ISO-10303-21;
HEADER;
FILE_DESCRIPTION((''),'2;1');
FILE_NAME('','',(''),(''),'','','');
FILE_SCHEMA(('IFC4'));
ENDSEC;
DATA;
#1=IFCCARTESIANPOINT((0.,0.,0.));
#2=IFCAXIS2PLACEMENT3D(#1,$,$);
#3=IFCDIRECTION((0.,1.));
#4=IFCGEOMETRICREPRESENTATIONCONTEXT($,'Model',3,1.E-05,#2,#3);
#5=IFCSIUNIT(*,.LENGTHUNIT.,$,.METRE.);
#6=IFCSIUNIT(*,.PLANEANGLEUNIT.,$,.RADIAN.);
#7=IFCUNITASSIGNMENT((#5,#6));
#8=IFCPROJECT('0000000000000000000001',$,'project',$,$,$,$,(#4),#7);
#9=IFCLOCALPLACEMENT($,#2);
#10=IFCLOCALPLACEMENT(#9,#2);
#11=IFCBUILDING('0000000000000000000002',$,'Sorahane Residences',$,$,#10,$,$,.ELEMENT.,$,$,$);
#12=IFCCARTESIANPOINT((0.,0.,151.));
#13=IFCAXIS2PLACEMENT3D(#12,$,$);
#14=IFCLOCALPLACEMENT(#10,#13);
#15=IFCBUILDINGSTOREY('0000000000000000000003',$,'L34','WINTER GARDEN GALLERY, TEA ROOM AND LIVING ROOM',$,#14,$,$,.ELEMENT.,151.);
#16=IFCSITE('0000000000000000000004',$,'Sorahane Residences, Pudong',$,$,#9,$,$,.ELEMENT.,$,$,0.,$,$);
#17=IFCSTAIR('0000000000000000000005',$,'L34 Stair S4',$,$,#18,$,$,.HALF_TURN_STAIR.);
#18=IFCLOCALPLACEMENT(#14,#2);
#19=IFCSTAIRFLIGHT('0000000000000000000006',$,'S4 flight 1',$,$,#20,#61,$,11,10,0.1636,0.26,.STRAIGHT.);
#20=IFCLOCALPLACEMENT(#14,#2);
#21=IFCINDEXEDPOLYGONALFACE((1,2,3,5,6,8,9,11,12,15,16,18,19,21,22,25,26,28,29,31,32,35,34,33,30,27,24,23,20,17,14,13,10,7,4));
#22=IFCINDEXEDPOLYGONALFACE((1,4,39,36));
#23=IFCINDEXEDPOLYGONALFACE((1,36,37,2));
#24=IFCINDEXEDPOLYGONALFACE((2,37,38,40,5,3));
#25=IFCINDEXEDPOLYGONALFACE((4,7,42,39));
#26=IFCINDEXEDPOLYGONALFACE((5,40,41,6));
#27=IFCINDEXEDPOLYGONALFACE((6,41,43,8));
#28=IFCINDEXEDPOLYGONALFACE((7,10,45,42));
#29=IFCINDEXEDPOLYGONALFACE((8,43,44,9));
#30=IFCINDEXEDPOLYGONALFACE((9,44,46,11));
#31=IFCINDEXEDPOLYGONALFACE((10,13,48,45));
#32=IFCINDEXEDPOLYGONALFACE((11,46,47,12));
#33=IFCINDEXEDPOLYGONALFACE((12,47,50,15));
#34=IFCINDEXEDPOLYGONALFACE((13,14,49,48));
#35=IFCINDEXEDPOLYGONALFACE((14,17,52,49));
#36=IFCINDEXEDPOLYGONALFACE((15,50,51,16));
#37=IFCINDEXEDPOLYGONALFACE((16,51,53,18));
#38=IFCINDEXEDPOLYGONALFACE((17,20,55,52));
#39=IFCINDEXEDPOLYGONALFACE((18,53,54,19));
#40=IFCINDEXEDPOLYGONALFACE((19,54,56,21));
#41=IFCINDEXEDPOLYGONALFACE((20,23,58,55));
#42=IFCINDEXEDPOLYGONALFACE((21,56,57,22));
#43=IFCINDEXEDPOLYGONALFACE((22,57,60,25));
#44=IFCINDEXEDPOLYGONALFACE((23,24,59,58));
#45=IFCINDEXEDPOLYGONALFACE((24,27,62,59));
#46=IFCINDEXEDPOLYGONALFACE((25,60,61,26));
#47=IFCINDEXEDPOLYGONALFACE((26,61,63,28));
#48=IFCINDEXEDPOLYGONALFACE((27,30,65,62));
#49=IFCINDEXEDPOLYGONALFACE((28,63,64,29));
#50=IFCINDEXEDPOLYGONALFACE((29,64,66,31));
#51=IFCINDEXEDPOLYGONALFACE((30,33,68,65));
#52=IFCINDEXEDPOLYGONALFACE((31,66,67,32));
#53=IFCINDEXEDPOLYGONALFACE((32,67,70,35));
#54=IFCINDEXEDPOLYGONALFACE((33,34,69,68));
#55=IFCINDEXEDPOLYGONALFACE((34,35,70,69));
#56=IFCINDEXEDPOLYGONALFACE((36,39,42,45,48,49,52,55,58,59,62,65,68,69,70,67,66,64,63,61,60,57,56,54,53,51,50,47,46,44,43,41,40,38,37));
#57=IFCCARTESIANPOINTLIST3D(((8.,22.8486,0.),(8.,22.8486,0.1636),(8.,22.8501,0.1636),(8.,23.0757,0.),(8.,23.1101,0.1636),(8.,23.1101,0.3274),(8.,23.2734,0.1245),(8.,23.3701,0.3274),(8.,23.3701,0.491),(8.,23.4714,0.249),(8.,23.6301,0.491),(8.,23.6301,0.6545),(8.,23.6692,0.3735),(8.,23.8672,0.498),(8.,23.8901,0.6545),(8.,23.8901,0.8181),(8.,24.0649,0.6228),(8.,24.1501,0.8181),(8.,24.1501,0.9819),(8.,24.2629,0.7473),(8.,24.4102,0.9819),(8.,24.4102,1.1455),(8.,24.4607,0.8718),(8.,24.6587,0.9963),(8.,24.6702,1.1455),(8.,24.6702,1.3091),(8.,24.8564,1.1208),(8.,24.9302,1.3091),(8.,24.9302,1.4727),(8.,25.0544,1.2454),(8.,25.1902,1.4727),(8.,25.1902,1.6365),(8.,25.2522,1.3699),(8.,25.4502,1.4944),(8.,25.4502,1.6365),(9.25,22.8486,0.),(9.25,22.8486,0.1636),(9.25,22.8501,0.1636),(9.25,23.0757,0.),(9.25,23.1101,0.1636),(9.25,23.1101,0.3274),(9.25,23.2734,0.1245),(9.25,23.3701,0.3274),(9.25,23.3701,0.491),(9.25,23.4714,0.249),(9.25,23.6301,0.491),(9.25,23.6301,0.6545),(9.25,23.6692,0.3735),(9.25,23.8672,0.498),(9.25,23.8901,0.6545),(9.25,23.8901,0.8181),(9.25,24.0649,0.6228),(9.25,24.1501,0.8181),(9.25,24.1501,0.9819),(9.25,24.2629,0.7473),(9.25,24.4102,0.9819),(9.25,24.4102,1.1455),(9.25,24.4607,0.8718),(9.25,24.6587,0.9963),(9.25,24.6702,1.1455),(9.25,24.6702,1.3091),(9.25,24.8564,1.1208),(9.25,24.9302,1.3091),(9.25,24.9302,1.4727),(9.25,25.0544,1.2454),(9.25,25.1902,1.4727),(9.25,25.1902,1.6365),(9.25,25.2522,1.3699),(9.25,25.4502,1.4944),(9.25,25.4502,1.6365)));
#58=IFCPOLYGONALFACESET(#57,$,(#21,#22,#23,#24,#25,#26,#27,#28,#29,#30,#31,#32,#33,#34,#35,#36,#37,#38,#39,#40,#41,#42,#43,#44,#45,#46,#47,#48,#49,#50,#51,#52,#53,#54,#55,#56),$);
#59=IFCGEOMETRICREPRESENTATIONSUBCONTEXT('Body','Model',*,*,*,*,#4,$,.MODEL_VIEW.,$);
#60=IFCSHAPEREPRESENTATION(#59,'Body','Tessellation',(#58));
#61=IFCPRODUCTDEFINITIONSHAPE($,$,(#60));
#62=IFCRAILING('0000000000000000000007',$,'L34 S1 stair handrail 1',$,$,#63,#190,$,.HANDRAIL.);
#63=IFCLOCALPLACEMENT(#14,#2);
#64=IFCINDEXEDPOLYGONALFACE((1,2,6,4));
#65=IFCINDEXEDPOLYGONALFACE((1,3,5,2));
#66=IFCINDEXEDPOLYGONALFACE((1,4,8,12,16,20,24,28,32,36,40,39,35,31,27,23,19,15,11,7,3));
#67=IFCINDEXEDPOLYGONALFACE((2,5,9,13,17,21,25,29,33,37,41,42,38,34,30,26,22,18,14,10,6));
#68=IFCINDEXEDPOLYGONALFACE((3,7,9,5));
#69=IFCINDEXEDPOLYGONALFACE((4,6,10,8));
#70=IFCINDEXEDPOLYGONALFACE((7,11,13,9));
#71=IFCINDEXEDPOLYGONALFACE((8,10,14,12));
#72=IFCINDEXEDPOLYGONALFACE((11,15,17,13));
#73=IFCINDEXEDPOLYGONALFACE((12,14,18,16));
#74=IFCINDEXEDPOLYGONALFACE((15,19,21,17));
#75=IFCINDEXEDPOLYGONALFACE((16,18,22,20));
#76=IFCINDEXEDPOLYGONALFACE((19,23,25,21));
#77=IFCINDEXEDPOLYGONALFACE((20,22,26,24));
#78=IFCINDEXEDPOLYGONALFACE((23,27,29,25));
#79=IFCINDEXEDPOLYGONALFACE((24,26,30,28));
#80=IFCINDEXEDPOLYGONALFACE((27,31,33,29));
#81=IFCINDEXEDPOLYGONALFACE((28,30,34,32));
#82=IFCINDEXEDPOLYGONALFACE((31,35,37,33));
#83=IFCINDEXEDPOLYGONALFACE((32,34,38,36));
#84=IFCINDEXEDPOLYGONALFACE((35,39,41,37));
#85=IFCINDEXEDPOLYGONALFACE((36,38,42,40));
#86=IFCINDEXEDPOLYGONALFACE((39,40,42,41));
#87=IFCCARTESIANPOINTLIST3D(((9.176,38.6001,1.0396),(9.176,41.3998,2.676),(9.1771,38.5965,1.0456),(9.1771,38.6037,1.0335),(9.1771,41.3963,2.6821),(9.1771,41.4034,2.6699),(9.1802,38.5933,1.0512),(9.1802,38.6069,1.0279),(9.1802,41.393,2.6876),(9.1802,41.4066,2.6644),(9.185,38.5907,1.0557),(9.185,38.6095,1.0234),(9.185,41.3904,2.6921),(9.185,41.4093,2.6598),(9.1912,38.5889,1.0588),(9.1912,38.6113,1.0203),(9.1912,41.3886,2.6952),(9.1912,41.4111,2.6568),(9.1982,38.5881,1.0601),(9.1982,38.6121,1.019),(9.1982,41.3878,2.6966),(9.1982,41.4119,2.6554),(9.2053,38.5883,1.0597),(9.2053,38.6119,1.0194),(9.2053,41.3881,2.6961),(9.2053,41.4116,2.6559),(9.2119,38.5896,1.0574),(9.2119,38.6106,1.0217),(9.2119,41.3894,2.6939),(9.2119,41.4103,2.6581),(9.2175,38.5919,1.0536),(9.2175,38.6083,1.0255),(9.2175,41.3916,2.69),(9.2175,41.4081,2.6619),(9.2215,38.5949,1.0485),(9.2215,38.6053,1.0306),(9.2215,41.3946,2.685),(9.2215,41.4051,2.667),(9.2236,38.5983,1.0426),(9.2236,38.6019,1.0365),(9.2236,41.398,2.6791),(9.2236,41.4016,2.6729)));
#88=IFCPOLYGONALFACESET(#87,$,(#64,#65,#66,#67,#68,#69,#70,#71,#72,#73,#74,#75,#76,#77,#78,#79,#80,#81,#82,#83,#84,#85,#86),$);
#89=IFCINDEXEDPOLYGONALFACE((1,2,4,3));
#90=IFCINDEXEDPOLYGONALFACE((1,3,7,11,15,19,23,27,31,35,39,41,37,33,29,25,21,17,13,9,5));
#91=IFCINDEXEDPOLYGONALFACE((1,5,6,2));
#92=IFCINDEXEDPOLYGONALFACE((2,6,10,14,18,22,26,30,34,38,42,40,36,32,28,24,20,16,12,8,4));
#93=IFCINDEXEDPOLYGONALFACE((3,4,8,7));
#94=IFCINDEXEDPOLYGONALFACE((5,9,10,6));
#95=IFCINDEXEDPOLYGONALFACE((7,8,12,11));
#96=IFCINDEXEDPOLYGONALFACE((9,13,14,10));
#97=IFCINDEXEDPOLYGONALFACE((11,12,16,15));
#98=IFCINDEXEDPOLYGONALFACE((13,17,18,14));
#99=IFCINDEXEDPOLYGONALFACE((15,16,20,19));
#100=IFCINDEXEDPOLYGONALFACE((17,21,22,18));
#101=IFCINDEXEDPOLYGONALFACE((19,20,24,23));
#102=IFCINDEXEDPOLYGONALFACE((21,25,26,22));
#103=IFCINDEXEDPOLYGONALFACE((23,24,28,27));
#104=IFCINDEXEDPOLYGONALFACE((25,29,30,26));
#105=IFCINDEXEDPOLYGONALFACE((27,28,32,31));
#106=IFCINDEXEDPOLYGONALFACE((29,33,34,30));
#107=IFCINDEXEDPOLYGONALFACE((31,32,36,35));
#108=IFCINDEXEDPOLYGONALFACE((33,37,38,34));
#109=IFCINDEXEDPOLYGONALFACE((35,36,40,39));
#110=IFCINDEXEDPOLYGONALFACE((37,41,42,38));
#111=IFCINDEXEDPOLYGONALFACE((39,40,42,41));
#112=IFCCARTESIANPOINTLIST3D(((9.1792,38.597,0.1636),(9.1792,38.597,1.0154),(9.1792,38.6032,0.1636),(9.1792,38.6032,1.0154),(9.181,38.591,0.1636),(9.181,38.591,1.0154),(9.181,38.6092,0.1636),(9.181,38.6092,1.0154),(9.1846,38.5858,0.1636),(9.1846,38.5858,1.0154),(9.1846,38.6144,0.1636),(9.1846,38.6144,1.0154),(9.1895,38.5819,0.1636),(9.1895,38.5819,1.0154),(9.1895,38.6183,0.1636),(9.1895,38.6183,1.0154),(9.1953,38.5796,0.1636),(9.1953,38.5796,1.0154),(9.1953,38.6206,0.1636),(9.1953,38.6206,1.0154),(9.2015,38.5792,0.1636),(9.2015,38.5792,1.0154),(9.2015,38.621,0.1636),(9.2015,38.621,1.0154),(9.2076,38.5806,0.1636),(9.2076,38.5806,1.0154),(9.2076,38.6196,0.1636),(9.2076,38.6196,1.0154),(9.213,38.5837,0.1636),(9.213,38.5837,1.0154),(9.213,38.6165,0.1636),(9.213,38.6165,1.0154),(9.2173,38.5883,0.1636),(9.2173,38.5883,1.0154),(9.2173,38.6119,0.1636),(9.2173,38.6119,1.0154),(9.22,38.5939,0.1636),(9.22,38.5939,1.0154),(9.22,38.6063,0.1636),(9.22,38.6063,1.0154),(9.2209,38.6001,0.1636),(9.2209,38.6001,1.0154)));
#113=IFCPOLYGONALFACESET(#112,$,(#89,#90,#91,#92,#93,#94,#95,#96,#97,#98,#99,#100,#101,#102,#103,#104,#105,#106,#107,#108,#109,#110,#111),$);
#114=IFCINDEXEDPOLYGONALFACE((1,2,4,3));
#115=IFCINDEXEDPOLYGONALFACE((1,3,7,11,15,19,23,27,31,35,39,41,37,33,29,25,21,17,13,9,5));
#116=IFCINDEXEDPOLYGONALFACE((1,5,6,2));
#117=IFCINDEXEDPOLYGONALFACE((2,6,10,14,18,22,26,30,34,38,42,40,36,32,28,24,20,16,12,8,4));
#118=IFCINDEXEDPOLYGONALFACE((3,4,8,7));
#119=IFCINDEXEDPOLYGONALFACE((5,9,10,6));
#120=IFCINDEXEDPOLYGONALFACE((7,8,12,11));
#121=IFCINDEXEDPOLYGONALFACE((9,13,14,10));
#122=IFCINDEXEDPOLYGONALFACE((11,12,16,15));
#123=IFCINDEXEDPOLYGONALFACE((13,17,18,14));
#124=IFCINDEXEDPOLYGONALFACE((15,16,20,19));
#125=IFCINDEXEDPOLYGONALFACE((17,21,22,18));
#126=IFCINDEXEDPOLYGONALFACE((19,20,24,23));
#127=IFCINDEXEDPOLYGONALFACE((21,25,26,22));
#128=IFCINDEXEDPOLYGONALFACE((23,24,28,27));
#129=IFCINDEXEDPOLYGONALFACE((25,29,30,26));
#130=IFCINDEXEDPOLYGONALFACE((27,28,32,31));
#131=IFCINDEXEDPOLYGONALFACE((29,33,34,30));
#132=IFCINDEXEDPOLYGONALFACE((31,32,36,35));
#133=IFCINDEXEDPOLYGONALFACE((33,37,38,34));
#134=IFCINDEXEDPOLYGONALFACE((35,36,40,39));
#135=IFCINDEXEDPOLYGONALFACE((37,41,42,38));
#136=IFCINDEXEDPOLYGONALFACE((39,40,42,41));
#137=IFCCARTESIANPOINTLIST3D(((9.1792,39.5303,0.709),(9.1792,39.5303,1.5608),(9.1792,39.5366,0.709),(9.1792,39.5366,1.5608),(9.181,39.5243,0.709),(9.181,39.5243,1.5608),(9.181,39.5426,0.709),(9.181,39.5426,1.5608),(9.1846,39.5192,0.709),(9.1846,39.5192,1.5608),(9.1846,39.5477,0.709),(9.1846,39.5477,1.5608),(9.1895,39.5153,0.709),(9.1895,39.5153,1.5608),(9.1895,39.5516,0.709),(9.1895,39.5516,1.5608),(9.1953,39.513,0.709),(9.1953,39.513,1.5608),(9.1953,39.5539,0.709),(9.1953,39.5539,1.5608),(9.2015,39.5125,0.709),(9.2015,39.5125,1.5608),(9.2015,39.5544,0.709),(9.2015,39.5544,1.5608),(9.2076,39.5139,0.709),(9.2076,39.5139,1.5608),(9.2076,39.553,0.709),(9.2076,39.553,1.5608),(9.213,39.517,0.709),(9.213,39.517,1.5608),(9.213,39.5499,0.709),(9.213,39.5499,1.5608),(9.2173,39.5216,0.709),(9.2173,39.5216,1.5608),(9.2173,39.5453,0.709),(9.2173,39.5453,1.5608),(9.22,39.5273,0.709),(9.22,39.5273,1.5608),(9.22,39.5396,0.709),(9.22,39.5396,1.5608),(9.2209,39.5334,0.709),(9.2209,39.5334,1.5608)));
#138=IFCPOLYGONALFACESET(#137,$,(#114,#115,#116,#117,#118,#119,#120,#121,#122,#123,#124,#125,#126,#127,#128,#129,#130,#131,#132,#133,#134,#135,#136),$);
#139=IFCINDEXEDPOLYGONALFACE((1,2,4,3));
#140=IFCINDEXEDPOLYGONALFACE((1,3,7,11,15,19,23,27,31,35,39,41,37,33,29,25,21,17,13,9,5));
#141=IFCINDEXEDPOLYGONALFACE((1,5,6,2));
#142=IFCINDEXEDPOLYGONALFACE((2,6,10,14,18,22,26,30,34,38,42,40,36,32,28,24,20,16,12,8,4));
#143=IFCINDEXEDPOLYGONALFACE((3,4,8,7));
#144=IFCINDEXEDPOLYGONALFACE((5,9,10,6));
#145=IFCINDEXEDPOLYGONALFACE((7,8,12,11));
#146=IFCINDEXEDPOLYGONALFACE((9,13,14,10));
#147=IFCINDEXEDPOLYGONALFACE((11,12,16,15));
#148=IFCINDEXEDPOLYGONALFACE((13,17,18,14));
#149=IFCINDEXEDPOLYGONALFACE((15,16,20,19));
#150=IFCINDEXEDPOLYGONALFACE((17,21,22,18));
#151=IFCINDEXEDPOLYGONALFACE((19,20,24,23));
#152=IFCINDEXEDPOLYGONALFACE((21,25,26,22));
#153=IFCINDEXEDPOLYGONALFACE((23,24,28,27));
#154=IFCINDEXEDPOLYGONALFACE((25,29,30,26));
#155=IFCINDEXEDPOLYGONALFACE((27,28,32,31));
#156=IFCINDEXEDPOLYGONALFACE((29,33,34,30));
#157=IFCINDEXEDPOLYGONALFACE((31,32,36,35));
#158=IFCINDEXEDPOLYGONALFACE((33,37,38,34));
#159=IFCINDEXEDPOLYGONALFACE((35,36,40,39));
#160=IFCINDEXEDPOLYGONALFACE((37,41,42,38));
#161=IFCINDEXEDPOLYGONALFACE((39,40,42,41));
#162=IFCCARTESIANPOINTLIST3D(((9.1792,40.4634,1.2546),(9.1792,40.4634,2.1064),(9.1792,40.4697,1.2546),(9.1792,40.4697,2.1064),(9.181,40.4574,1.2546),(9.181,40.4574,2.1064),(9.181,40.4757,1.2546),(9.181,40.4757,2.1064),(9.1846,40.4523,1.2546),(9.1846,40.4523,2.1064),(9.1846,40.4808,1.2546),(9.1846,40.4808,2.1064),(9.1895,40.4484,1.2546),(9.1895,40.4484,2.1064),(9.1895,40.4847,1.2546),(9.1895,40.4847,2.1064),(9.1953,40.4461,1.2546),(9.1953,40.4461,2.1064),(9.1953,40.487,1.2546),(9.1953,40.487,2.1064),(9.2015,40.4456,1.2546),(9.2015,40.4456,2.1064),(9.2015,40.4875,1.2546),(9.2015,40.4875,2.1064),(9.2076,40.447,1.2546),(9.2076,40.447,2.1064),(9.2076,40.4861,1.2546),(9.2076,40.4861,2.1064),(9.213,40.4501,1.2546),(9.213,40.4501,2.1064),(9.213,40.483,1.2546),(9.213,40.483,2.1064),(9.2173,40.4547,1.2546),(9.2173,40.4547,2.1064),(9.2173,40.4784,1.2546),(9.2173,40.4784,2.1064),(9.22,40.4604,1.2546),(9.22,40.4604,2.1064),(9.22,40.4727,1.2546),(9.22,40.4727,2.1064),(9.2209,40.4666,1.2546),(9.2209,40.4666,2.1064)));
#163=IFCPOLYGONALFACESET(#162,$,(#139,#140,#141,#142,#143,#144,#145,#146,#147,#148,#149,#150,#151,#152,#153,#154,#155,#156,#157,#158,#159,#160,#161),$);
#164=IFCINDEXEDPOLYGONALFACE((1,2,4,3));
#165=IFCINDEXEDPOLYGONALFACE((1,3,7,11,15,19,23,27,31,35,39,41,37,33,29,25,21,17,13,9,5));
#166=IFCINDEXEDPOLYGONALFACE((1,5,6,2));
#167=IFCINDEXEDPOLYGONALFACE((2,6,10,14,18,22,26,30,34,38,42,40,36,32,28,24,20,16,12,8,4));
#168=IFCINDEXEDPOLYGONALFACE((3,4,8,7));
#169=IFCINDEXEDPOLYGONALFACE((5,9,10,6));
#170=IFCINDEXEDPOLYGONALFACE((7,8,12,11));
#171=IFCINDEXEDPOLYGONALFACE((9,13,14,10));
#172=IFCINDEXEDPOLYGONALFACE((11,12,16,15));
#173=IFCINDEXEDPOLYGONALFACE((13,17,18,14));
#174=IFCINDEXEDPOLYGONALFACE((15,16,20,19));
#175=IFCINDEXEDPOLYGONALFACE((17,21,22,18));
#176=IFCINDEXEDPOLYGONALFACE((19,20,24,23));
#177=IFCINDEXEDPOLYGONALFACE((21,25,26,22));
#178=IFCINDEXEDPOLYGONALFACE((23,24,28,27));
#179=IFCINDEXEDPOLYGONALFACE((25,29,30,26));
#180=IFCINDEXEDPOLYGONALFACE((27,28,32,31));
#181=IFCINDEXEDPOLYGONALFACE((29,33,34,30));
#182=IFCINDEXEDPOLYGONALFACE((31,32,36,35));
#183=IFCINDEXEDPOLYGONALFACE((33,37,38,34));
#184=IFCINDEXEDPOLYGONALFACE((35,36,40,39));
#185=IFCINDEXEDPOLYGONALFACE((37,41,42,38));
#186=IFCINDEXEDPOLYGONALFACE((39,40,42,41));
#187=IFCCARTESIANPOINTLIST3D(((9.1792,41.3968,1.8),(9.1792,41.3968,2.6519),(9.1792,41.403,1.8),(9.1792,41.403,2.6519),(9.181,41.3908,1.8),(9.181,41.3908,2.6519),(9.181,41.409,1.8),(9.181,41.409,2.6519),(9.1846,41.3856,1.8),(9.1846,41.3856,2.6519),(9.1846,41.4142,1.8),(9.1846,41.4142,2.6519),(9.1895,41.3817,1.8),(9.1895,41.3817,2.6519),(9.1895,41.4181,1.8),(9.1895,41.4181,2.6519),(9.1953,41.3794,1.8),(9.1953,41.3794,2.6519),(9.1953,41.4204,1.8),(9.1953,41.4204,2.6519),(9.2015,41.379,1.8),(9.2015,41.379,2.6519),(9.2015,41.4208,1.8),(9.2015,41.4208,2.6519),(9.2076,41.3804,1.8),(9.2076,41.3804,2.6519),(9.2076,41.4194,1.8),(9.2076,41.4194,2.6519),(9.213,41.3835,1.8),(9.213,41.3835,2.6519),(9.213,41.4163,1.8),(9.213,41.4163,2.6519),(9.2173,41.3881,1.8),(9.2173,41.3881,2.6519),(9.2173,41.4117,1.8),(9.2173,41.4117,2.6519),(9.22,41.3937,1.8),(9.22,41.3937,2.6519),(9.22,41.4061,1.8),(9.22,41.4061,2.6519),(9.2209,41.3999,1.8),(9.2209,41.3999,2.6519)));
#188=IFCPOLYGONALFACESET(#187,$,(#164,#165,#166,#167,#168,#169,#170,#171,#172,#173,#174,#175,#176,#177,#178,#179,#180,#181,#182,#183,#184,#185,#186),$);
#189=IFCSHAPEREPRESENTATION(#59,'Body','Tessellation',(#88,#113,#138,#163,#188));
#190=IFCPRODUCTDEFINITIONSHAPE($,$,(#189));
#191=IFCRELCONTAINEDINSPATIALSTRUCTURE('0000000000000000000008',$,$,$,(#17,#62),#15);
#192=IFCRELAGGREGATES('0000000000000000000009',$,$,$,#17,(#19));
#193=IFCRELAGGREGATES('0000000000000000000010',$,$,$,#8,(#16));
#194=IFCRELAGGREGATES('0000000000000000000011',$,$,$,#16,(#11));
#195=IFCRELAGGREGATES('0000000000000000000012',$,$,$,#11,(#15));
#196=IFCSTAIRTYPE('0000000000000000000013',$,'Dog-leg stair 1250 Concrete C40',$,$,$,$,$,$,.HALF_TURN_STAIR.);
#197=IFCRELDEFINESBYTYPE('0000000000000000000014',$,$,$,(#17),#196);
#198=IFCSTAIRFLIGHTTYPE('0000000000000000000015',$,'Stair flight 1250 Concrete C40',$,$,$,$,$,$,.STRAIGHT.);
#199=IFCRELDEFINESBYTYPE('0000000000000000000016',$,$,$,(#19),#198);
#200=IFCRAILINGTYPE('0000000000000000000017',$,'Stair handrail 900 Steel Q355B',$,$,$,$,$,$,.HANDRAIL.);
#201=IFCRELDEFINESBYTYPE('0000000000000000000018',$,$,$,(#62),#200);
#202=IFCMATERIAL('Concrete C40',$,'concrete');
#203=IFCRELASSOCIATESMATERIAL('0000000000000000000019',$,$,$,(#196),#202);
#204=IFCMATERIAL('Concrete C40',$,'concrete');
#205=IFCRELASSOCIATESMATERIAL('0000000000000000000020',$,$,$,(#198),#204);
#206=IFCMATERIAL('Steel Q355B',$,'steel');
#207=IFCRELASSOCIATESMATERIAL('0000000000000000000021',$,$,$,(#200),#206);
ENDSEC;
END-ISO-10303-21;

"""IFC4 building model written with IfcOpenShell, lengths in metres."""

from ifc_helpers import new_model, si_unit, direction, frame, origin, origin_2d, place, context, subcontext, project, spatial, polyline, circle, outline, extrude, material, type_object, element, aggregate, save


model = new_model("IFC4")

# Units and contexts
model_context = context("Model", 3, precision=1e-05, world=origin(), true_north=direction((0.0, 1.0)))
body_context = subcontext(model_context, "Body", "Model", "MODEL_VIEW")
ifc_project = project(units=[si_unit("LENGTHUNIT", "METRE"), si_unit("PLANEANGLEUNIT", "RADIAN")], contexts=[model_context])

# Site, building, storey
site_placement = place(None, origin())
site = spatial("IfcSite", under=ifc_project, at=site_placement, Name="Sorahane Residences, Pudong", CompositionType="ELEMENT", RefElevation=0.0)
building_placement = place(site_placement, origin())
building = spatial("IfcBuilding", under=site, at=building_placement, Name="Sorahane Residences", CompositionType="ELEMENT")
storey_placement = place(building_placement, frame((0.0, 0.0, 151.0)))
storey = spatial("IfcBuildingStorey", under=building, at=storey_placement, Name="L34", Description="WINTER GARDEN GALLERY, TEA ROOM AND LIVING ROOM", CompositionType="ELEMENT", Elevation=151.0)

# Stair, stair flight
ifc_material_1 = material(Name="Concrete C40", Category="concrete")
stair_type = type_object("IfcStairType", Name="Dog-leg stair 1250 Concrete C40", PredefinedType="HALF_TURN_STAIR", material=ifc_material_1)
ifc_material_2 = material(Name="Concrete C40", Category="concrete")
stair_flight_type = type_object("IfcStairFlightType", Name="Stair flight 1250 Concrete C40", PredefinedType="STRAIGHT", material=ifc_material_2)
stair_1_placement = place(storey_placement, origin())
stair_1 = element("IfcStair", 1, at=stair_1_placement, inside=storey, type_object=stair_type, Name="L34 Stair S4", PredefinedType="HALF_TURN_STAIR")
stair_flight_1_placement = place(storey_placement, frame((8.625, 22.8501, 0.0), z_axis=(0.0, 0.0, 1.0), x_axis=(0.0, 1.0, 0.0)))
stair_flight_1 = element("IfcStairFlight", 2, at=stair_flight_1_placement, type_object=stair_flight_type, Name="S4 flight 1", NumberOfRisers=11, NumberOfTreads=10, PredefinedType="STRAIGHT", RiserHeight=0.1636, TreadLength=0.26, context=body_context, shape_type="SweptSolid", body=[
    extrude(outline(polyline([(-0.0015, 0.0), (-0.0015, 0.1636), (0.0, 0.1636), (0.26, 0.1636), (0.26, 0.3274), (0.52, 0.3274), (0.52, 0.491), (0.78, 0.491), (0.78, 0.6545), (1.04, 0.6545), (1.04, 0.8181), (1.3, 0.8181), (1.3, 0.9819), (1.5601, 0.9819), (1.5601, 1.1455), (1.8201, 1.1455), (1.8201, 1.3091), (2.0801, 1.3091), (2.0801, 1.4727), (2.3401, 1.4727), (2.3401, 1.6365), (2.6001, 1.6365), (2.6001, 1.8), (2.6001, 1.4944), (2.4021, 1.3699), (2.2043, 1.2454), (2.0063, 1.1208), (1.8086, 0.9963), (1.6106, 0.8718), (1.4128, 0.7473), (1.2148, 0.6228), (1.0171, 0.498), (0.8191, 0.3735), (0.6213, 0.249), (0.4233, 0.1245), (0.2256, 0.0), (-0.0015, 0.0)])), frame((0.0, 0.625, 0.0), z_axis=(0.0, -1.0, 0.0), x_axis=(1.0, 0.0, 0.0)), (0.0, 0.0, 1.0), 1.25),
])
aggregate(stair_1, [stair_flight_1])

# Railing
ifc_material_3 = material(Name="Steel Q355B", Category="steel")
railing_type_1 = type_object("IfcRailingType", Name="Stair handrail 900 Steel Q355B", PredefinedType="HANDRAIL", material=ifc_material_3)
for number, where, name in (
    (3, (9.2, 38.6001, 0.1636), "L34 S1 stair handrail 1"),
):
    element("IfcRailing", number, at=place(storey_placement, frame(where)), inside=storey, type_object=railing_type_1, Name=name, PredefinedType="HANDRAIL", context=body_context, shape_type="SweptSolid", body=[
        extrude(circle(Radius=0.0239, at=origin_2d()), frame((0.0, 0.0, 0.876), z_axis=(0.0, 0.863342, 0.50462), x_axis=(-1.0, 0.0, 0.0)), (0.0, 0.0, 1.0), 3.2429),
        extrude(circle(Radius=0.021, at=origin_2d()), origin(), (0.0, 0.0, 1.0), 0.8518),
        extrude(circle(Radius=0.021, at=origin_2d()), frame((0.0, 0.9333, 0.5454)), (0.0, 0.0, 1.0), 0.8518),
        extrude(circle(Radius=0.021, at=origin_2d()), frame((0.0, 1.8665, 1.0911)), (0.0, 0.0, 1.0), 0.8518),
        extrude(circle(Radius=0.021, at=origin_2d()), frame((0.0, 2.7998, 1.6365)), (0.0, 0.0, 1.0), 0.8518),
    ])

save(model, "model.ifc")
